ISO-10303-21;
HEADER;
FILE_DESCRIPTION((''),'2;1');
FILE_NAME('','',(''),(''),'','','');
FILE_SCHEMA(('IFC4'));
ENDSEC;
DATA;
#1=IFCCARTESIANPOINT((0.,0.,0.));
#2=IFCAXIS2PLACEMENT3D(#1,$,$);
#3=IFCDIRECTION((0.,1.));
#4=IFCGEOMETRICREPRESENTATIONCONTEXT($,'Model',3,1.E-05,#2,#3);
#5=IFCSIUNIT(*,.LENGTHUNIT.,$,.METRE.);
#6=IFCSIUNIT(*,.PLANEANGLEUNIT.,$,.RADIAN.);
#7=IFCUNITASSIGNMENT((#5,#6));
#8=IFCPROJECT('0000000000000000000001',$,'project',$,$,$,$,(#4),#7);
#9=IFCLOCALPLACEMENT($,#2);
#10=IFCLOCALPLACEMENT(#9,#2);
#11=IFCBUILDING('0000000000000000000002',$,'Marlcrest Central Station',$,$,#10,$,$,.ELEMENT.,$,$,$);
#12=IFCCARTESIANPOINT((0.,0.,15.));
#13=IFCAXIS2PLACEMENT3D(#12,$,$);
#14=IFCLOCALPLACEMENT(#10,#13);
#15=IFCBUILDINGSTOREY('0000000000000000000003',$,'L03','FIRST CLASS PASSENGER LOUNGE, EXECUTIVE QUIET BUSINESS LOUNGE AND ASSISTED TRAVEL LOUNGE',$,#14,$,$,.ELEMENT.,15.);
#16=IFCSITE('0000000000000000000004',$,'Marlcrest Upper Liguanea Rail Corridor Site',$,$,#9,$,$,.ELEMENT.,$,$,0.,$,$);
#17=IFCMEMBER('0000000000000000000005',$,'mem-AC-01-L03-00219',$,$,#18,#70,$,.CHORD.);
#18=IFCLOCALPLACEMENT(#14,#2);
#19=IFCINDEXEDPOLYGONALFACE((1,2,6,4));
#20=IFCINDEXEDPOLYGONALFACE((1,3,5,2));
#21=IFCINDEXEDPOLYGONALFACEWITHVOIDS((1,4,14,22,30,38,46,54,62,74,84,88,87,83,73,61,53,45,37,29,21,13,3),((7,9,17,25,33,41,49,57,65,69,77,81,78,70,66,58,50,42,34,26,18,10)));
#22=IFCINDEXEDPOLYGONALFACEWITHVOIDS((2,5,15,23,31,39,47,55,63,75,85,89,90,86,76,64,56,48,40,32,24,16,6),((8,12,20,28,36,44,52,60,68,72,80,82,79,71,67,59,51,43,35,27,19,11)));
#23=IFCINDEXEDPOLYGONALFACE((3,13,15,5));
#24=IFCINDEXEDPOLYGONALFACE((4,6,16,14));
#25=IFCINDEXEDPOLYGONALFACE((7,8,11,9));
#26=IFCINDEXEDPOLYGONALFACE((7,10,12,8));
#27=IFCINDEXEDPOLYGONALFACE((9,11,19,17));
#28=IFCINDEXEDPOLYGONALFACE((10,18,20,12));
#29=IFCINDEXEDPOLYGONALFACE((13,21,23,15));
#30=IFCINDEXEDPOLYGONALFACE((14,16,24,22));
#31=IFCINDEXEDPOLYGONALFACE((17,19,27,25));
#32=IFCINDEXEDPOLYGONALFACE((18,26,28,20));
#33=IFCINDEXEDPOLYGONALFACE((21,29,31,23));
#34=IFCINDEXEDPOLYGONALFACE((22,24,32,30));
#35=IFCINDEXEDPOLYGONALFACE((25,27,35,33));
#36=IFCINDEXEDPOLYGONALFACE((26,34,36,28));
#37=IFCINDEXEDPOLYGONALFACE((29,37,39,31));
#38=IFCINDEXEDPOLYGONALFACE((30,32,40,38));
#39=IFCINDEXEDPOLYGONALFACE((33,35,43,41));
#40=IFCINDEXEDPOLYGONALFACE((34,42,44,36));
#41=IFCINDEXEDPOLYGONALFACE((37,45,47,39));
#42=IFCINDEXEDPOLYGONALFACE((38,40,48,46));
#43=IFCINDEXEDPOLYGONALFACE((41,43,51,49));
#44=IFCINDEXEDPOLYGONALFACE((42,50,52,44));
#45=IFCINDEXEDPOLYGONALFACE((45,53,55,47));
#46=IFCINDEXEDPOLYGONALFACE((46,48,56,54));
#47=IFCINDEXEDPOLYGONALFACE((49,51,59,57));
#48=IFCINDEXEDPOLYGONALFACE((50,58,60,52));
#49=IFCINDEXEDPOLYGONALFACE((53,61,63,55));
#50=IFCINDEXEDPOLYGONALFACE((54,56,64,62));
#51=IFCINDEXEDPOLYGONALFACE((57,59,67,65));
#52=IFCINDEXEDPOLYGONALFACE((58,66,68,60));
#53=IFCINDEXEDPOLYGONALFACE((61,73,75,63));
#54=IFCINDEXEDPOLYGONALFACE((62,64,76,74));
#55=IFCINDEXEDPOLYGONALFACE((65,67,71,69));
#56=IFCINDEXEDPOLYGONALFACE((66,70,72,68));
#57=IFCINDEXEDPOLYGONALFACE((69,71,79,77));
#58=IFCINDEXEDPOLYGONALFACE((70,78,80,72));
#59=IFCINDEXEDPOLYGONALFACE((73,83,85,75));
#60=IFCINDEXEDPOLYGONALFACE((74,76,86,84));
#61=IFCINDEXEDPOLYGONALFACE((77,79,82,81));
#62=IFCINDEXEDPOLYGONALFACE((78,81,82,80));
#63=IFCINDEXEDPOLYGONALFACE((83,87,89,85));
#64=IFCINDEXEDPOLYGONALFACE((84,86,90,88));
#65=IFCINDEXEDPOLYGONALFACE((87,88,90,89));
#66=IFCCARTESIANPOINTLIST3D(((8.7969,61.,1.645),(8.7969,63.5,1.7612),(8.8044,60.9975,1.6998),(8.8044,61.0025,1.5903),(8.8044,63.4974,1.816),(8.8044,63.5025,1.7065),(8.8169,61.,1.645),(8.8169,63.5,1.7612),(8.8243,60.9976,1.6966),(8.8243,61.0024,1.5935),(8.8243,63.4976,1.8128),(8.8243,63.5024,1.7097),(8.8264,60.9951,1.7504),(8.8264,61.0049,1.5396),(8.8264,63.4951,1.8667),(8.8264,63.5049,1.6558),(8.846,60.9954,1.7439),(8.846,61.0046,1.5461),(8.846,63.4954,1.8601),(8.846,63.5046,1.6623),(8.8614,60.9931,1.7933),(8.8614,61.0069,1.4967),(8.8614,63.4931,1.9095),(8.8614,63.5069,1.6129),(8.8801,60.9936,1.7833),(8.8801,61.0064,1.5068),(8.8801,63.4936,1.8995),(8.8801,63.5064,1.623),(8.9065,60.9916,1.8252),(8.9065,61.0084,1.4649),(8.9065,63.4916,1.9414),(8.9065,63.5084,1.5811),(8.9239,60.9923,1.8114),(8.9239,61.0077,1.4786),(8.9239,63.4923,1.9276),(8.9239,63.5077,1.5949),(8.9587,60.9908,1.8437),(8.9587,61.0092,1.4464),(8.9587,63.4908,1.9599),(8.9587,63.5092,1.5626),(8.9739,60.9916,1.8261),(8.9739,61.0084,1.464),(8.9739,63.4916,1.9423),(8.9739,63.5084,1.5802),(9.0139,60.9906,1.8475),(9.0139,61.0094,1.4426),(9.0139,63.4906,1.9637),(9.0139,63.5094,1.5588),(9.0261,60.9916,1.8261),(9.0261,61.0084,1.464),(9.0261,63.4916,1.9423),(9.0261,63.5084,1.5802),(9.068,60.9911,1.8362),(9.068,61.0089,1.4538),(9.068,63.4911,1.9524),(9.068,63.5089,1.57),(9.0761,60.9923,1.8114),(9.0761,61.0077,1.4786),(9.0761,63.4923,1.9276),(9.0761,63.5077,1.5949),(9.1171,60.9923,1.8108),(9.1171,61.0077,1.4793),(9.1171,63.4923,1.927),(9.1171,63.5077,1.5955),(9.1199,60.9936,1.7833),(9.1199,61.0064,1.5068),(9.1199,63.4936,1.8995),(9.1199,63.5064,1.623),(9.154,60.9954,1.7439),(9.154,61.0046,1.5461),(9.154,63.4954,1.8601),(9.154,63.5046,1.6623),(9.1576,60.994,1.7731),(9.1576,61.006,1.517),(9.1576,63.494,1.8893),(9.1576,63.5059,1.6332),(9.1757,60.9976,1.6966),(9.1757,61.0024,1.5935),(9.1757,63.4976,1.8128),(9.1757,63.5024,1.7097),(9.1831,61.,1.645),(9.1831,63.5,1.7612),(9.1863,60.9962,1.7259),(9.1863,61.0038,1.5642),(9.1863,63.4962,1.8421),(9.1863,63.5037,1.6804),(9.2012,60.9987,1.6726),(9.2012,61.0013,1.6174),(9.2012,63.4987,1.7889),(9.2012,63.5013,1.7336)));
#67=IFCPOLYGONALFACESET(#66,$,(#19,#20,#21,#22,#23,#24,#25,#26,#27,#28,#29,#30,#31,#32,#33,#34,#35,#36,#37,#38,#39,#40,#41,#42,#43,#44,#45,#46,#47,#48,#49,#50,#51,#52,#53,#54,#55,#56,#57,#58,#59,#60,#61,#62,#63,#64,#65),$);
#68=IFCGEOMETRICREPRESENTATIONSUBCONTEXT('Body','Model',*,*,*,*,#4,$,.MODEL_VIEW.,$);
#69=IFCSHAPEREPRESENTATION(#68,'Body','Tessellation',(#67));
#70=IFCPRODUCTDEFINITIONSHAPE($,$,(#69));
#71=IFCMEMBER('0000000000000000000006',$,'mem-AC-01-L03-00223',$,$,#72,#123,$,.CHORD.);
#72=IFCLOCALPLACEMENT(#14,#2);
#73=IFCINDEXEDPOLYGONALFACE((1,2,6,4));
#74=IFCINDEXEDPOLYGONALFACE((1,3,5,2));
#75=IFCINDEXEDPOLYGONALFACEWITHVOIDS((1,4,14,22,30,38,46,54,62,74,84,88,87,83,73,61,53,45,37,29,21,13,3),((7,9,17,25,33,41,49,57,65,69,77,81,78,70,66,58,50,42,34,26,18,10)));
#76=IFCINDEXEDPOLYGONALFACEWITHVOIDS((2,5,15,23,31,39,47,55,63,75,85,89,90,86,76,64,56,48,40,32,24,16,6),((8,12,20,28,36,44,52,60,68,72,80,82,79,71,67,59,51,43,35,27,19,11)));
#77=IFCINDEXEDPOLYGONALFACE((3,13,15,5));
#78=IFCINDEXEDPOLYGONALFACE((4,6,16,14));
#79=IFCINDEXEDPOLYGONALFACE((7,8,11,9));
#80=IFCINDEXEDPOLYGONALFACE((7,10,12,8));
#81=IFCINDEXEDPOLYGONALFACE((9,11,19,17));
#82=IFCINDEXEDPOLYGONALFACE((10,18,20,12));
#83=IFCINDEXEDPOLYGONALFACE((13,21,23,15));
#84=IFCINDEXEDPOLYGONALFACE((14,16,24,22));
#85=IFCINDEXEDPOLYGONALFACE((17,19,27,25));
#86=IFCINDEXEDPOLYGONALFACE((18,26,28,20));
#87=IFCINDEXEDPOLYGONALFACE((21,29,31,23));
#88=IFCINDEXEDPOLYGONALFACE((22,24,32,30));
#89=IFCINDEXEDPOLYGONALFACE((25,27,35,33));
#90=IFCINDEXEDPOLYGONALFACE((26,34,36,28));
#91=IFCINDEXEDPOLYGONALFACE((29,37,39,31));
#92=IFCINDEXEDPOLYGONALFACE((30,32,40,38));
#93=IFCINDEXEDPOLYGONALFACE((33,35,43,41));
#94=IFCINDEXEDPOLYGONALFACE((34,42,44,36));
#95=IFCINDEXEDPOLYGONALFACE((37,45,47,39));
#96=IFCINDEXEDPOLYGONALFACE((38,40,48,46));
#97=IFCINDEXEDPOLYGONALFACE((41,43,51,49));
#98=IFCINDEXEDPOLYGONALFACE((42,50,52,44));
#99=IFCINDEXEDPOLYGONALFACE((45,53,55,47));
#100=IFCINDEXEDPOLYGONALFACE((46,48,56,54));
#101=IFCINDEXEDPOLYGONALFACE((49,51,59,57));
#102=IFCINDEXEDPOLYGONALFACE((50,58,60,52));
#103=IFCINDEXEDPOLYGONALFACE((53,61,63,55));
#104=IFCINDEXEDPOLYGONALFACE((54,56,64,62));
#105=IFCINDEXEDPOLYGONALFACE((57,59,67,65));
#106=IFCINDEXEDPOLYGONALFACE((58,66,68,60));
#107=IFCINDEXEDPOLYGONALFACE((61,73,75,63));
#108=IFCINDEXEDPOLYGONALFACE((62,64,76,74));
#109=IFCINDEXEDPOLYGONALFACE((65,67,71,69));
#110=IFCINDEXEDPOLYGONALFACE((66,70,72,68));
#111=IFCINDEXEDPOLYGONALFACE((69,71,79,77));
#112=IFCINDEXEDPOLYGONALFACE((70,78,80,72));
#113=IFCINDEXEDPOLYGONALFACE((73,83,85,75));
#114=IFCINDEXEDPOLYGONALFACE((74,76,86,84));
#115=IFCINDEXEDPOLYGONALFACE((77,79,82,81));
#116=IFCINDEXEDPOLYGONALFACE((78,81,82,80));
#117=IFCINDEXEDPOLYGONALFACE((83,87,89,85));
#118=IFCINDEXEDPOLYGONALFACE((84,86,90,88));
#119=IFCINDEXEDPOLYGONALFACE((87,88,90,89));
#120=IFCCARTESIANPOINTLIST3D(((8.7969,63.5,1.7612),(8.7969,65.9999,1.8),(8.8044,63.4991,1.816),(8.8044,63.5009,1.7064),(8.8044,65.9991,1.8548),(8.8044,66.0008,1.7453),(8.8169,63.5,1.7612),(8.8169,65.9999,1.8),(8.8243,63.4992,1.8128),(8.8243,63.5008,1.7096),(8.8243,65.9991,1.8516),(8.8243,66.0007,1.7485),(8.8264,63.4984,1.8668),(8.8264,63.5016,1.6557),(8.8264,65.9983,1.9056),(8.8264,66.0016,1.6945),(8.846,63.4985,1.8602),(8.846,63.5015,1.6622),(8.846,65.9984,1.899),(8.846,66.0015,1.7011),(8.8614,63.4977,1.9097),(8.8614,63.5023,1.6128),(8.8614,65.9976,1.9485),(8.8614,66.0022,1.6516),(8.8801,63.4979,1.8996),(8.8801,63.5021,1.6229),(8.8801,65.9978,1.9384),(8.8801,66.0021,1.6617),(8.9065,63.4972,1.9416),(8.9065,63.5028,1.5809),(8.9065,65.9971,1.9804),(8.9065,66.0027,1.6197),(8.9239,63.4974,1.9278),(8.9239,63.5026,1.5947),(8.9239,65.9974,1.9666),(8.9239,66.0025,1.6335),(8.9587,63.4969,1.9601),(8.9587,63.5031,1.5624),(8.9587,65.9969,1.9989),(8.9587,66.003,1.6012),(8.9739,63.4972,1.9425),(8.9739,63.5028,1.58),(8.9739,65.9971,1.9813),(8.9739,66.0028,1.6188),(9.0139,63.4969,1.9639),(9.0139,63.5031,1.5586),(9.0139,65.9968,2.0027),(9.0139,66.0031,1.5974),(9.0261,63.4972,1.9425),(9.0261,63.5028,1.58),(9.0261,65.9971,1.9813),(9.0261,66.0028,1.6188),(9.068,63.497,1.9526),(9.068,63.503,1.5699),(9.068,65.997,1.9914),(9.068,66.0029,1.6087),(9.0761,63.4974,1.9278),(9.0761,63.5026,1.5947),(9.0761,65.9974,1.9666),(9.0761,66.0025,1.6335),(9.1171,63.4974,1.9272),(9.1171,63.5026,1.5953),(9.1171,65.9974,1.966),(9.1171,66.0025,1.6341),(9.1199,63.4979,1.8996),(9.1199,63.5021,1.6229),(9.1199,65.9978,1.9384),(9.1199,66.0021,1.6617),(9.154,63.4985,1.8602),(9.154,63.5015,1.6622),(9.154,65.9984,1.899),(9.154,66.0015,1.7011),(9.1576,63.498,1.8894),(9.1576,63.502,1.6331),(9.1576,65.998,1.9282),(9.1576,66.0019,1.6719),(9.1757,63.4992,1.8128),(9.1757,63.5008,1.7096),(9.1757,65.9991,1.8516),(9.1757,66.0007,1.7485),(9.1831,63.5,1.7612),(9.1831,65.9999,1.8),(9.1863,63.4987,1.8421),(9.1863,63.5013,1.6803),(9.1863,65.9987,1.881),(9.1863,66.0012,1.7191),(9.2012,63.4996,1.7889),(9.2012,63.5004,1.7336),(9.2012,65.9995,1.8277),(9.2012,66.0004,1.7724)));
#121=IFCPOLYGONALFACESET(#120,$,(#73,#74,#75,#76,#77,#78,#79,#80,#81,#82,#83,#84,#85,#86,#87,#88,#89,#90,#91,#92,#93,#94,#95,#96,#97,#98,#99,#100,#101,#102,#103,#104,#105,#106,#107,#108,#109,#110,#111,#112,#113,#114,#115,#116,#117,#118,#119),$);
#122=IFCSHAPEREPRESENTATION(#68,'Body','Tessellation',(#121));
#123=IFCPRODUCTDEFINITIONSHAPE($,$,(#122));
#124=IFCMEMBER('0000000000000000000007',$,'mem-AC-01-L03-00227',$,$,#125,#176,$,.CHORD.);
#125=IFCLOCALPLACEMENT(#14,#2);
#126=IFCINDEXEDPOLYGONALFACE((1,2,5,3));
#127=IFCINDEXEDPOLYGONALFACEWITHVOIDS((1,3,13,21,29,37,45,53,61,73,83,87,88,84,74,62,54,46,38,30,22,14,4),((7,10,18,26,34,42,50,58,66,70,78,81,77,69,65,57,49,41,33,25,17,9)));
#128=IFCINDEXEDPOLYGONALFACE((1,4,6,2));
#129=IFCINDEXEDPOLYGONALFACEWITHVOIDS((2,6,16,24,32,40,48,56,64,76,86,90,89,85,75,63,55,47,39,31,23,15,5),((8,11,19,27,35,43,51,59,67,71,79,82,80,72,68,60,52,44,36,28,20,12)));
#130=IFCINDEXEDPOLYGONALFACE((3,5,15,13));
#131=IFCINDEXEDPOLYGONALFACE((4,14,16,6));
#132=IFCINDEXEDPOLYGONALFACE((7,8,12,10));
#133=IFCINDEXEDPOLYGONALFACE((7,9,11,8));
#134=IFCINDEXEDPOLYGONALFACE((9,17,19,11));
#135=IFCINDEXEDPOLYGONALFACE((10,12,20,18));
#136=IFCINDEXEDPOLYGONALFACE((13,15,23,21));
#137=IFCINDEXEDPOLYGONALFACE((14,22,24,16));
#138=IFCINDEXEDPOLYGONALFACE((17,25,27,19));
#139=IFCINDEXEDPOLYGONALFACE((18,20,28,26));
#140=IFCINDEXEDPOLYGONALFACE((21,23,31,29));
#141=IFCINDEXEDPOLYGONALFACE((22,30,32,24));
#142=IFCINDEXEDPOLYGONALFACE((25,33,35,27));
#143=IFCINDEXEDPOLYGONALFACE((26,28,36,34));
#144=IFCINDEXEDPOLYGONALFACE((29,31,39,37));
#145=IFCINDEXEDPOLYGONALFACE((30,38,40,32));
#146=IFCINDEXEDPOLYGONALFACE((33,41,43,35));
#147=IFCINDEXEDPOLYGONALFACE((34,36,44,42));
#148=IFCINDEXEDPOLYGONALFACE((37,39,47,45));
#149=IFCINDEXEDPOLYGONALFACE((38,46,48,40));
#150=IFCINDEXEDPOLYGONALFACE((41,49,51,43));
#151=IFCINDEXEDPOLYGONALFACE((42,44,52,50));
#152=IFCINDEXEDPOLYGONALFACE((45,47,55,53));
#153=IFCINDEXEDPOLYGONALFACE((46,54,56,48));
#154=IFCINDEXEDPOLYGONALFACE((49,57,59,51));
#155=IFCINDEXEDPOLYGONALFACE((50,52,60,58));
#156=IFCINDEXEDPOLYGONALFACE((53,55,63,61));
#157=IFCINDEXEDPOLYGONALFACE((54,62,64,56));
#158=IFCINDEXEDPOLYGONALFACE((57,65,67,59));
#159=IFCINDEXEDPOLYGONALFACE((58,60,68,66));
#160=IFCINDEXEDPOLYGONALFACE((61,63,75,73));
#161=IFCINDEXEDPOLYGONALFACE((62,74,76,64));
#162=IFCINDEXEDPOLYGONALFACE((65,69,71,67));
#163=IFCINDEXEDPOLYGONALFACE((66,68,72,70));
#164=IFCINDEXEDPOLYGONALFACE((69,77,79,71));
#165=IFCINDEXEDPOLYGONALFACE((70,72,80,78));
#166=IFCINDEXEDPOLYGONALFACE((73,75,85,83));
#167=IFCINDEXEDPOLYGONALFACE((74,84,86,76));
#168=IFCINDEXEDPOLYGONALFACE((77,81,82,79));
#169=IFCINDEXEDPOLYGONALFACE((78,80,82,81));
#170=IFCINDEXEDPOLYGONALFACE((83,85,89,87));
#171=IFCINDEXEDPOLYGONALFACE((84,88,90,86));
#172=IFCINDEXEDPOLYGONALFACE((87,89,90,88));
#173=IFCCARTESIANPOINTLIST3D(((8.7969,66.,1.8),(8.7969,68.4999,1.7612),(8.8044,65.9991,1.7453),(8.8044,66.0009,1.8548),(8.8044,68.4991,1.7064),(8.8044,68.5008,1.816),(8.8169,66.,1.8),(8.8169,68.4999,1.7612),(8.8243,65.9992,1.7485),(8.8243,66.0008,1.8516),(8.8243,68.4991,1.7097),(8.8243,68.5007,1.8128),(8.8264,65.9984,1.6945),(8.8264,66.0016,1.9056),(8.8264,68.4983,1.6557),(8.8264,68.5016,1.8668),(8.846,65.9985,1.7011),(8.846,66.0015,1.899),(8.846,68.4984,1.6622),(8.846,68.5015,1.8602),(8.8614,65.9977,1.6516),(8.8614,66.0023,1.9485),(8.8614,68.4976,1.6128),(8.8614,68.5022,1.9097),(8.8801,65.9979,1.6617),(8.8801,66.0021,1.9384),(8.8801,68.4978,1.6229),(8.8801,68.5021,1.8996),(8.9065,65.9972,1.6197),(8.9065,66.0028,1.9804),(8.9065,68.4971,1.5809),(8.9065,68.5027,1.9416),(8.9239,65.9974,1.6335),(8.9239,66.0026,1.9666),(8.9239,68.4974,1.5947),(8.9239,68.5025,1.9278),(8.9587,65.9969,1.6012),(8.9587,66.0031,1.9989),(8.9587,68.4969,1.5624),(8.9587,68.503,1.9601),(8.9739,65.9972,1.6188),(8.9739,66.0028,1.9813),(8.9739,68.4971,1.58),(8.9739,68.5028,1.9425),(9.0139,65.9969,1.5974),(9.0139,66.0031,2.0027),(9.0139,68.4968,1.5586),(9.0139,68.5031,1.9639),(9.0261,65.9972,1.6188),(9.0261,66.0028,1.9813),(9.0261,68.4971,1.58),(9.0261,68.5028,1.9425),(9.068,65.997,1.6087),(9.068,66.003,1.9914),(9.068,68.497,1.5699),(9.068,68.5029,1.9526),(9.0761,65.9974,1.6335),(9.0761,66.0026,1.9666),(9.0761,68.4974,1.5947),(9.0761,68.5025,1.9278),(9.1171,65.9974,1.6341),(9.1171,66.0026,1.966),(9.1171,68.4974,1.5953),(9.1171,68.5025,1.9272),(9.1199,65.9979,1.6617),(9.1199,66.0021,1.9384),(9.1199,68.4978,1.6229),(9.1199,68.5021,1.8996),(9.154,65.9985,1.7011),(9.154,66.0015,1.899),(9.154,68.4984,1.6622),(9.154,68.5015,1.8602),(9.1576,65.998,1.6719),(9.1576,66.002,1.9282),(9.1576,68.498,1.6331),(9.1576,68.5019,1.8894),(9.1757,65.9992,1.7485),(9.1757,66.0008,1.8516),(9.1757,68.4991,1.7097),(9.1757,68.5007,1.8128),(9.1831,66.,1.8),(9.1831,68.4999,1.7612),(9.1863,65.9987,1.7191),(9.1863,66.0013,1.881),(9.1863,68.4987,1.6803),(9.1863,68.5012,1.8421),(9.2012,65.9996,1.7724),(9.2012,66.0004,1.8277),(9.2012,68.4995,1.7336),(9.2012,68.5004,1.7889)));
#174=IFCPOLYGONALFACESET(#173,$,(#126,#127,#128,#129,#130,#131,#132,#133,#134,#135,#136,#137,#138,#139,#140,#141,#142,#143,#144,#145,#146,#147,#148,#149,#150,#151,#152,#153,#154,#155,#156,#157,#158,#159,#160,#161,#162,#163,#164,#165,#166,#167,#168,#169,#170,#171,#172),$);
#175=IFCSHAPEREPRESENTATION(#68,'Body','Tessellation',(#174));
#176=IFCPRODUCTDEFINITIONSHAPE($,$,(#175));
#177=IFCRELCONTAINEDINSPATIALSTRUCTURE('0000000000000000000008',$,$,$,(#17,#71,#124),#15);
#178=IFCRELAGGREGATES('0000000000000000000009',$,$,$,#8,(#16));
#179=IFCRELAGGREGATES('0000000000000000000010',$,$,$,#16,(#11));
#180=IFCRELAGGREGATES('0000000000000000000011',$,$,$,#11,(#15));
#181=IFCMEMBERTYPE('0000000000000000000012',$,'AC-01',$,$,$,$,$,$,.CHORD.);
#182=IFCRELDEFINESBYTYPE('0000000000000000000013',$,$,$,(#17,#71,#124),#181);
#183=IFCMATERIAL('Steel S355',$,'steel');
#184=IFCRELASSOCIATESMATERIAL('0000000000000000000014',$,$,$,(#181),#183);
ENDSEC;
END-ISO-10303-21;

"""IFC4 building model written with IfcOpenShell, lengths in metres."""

from ifc_helpers import new_model, si_unit, direction, frame, origin, origin_2d, place, context, subcontext, project, spatial, hollow_circle, extrude, material, material_profile, profile_set, type_object, element, save


model = new_model("IFC4")

# Units and contexts
model_context = context("Model", 3, precision=1e-05, world=origin(), true_north=direction((0.0, 1.0)))
body_context = subcontext(model_context, "Body", "Model", "MODEL_VIEW")
ifc_project = project(units=[si_unit("LENGTHUNIT", "METRE"), si_unit("PLANEANGLEUNIT", "RADIAN")], contexts=[model_context])

# Site, building, storey
site_placement = place(None, origin())
site = spatial("IfcSite", under=ifc_project, at=site_placement, Name="Marlcrest Upper Liguanea Rail Corridor Site", CompositionType="ELEMENT", RefElevation=0.0)
building_placement = place(site_placement, origin())
building = spatial("IfcBuilding", under=site, at=building_placement, Name="Marlcrest Central Station", CompositionType="ELEMENT")
storey_placement = place(building_placement, frame((0.0, 0.0, 15.0)))
storey = spatial("IfcBuildingStorey", under=building, at=storey_placement, Name="L03", Description="FIRST CLASS PASSENGER LOUNGE, EXECUTIVE QUIET BUSINESS LOUNGE AND ASSISTED TRAVEL LOUNGE", CompositionType="ELEMENT", Elevation=15.0)

# Members
ifc_material_1 = material(Name="Steel S355", Category="steel")
ifc_material_profile_1 = material_profile(ifc_material_1, hollow_circle(Radius=0.2031, WallThickness=0.02, at=origin_2d()), Name="CHS 406.4x20")
ifc_profile_set_1 = profile_set([ifc_material_profile_1], Name="Steel S355")
member_type_1 = type_object("IfcMemberType", Name="AC-01", PredefinedType="CHORD", material=ifc_profile_set_1)
member_1_placement = place(storey_placement, frame((9.0, 61.0, 1.645), z_axis=(0.0, 0.998921, 0.046434), x_axis=(-1.0, 0.0, 0.0)))
element("IfcMember", 1, at=member_1_placement, inside=storey, type_object=member_type_1, Name="mem-AC-01-L03-00219", PredefinedType="CHORD", context=body_context, shape_type="SweptSolid", body=[
    extrude(hollow_circle(Radius=0.2031, WallThickness=0.02, at=origin_2d()), origin(), (0.0, 0.0, 1.0), 2.5027),
])
for number, where, z_axis, x_axis, name in (
    (2, (9.0, 63.5, 1.7612), (0.0, 0.999879, 0.015525), (-1.0, 0.0, 0.0), "mem-AC-01-L03-00223"),
    (3, (9.0, 66.0, 1.8), (0.0, 0.999879, -0.015525), (-1.0, 0.0, 0.0), "mem-AC-01-L03-00227"),
):
    element("IfcMember", number, at=place(storey_placement, frame(where, z_axis=z_axis, x_axis=x_axis)), inside=storey, type_object=member_type_1, Name=name, PredefinedType="CHORD", context=body_context, shape_type="SweptSolid", body=[
        extrude(hollow_circle(Radius=0.2031, WallThickness=0.02, at=origin_2d()), origin(), (0.0, 0.0, 1.0), 2.5002),
    ])

save(model, "model.ifc")
